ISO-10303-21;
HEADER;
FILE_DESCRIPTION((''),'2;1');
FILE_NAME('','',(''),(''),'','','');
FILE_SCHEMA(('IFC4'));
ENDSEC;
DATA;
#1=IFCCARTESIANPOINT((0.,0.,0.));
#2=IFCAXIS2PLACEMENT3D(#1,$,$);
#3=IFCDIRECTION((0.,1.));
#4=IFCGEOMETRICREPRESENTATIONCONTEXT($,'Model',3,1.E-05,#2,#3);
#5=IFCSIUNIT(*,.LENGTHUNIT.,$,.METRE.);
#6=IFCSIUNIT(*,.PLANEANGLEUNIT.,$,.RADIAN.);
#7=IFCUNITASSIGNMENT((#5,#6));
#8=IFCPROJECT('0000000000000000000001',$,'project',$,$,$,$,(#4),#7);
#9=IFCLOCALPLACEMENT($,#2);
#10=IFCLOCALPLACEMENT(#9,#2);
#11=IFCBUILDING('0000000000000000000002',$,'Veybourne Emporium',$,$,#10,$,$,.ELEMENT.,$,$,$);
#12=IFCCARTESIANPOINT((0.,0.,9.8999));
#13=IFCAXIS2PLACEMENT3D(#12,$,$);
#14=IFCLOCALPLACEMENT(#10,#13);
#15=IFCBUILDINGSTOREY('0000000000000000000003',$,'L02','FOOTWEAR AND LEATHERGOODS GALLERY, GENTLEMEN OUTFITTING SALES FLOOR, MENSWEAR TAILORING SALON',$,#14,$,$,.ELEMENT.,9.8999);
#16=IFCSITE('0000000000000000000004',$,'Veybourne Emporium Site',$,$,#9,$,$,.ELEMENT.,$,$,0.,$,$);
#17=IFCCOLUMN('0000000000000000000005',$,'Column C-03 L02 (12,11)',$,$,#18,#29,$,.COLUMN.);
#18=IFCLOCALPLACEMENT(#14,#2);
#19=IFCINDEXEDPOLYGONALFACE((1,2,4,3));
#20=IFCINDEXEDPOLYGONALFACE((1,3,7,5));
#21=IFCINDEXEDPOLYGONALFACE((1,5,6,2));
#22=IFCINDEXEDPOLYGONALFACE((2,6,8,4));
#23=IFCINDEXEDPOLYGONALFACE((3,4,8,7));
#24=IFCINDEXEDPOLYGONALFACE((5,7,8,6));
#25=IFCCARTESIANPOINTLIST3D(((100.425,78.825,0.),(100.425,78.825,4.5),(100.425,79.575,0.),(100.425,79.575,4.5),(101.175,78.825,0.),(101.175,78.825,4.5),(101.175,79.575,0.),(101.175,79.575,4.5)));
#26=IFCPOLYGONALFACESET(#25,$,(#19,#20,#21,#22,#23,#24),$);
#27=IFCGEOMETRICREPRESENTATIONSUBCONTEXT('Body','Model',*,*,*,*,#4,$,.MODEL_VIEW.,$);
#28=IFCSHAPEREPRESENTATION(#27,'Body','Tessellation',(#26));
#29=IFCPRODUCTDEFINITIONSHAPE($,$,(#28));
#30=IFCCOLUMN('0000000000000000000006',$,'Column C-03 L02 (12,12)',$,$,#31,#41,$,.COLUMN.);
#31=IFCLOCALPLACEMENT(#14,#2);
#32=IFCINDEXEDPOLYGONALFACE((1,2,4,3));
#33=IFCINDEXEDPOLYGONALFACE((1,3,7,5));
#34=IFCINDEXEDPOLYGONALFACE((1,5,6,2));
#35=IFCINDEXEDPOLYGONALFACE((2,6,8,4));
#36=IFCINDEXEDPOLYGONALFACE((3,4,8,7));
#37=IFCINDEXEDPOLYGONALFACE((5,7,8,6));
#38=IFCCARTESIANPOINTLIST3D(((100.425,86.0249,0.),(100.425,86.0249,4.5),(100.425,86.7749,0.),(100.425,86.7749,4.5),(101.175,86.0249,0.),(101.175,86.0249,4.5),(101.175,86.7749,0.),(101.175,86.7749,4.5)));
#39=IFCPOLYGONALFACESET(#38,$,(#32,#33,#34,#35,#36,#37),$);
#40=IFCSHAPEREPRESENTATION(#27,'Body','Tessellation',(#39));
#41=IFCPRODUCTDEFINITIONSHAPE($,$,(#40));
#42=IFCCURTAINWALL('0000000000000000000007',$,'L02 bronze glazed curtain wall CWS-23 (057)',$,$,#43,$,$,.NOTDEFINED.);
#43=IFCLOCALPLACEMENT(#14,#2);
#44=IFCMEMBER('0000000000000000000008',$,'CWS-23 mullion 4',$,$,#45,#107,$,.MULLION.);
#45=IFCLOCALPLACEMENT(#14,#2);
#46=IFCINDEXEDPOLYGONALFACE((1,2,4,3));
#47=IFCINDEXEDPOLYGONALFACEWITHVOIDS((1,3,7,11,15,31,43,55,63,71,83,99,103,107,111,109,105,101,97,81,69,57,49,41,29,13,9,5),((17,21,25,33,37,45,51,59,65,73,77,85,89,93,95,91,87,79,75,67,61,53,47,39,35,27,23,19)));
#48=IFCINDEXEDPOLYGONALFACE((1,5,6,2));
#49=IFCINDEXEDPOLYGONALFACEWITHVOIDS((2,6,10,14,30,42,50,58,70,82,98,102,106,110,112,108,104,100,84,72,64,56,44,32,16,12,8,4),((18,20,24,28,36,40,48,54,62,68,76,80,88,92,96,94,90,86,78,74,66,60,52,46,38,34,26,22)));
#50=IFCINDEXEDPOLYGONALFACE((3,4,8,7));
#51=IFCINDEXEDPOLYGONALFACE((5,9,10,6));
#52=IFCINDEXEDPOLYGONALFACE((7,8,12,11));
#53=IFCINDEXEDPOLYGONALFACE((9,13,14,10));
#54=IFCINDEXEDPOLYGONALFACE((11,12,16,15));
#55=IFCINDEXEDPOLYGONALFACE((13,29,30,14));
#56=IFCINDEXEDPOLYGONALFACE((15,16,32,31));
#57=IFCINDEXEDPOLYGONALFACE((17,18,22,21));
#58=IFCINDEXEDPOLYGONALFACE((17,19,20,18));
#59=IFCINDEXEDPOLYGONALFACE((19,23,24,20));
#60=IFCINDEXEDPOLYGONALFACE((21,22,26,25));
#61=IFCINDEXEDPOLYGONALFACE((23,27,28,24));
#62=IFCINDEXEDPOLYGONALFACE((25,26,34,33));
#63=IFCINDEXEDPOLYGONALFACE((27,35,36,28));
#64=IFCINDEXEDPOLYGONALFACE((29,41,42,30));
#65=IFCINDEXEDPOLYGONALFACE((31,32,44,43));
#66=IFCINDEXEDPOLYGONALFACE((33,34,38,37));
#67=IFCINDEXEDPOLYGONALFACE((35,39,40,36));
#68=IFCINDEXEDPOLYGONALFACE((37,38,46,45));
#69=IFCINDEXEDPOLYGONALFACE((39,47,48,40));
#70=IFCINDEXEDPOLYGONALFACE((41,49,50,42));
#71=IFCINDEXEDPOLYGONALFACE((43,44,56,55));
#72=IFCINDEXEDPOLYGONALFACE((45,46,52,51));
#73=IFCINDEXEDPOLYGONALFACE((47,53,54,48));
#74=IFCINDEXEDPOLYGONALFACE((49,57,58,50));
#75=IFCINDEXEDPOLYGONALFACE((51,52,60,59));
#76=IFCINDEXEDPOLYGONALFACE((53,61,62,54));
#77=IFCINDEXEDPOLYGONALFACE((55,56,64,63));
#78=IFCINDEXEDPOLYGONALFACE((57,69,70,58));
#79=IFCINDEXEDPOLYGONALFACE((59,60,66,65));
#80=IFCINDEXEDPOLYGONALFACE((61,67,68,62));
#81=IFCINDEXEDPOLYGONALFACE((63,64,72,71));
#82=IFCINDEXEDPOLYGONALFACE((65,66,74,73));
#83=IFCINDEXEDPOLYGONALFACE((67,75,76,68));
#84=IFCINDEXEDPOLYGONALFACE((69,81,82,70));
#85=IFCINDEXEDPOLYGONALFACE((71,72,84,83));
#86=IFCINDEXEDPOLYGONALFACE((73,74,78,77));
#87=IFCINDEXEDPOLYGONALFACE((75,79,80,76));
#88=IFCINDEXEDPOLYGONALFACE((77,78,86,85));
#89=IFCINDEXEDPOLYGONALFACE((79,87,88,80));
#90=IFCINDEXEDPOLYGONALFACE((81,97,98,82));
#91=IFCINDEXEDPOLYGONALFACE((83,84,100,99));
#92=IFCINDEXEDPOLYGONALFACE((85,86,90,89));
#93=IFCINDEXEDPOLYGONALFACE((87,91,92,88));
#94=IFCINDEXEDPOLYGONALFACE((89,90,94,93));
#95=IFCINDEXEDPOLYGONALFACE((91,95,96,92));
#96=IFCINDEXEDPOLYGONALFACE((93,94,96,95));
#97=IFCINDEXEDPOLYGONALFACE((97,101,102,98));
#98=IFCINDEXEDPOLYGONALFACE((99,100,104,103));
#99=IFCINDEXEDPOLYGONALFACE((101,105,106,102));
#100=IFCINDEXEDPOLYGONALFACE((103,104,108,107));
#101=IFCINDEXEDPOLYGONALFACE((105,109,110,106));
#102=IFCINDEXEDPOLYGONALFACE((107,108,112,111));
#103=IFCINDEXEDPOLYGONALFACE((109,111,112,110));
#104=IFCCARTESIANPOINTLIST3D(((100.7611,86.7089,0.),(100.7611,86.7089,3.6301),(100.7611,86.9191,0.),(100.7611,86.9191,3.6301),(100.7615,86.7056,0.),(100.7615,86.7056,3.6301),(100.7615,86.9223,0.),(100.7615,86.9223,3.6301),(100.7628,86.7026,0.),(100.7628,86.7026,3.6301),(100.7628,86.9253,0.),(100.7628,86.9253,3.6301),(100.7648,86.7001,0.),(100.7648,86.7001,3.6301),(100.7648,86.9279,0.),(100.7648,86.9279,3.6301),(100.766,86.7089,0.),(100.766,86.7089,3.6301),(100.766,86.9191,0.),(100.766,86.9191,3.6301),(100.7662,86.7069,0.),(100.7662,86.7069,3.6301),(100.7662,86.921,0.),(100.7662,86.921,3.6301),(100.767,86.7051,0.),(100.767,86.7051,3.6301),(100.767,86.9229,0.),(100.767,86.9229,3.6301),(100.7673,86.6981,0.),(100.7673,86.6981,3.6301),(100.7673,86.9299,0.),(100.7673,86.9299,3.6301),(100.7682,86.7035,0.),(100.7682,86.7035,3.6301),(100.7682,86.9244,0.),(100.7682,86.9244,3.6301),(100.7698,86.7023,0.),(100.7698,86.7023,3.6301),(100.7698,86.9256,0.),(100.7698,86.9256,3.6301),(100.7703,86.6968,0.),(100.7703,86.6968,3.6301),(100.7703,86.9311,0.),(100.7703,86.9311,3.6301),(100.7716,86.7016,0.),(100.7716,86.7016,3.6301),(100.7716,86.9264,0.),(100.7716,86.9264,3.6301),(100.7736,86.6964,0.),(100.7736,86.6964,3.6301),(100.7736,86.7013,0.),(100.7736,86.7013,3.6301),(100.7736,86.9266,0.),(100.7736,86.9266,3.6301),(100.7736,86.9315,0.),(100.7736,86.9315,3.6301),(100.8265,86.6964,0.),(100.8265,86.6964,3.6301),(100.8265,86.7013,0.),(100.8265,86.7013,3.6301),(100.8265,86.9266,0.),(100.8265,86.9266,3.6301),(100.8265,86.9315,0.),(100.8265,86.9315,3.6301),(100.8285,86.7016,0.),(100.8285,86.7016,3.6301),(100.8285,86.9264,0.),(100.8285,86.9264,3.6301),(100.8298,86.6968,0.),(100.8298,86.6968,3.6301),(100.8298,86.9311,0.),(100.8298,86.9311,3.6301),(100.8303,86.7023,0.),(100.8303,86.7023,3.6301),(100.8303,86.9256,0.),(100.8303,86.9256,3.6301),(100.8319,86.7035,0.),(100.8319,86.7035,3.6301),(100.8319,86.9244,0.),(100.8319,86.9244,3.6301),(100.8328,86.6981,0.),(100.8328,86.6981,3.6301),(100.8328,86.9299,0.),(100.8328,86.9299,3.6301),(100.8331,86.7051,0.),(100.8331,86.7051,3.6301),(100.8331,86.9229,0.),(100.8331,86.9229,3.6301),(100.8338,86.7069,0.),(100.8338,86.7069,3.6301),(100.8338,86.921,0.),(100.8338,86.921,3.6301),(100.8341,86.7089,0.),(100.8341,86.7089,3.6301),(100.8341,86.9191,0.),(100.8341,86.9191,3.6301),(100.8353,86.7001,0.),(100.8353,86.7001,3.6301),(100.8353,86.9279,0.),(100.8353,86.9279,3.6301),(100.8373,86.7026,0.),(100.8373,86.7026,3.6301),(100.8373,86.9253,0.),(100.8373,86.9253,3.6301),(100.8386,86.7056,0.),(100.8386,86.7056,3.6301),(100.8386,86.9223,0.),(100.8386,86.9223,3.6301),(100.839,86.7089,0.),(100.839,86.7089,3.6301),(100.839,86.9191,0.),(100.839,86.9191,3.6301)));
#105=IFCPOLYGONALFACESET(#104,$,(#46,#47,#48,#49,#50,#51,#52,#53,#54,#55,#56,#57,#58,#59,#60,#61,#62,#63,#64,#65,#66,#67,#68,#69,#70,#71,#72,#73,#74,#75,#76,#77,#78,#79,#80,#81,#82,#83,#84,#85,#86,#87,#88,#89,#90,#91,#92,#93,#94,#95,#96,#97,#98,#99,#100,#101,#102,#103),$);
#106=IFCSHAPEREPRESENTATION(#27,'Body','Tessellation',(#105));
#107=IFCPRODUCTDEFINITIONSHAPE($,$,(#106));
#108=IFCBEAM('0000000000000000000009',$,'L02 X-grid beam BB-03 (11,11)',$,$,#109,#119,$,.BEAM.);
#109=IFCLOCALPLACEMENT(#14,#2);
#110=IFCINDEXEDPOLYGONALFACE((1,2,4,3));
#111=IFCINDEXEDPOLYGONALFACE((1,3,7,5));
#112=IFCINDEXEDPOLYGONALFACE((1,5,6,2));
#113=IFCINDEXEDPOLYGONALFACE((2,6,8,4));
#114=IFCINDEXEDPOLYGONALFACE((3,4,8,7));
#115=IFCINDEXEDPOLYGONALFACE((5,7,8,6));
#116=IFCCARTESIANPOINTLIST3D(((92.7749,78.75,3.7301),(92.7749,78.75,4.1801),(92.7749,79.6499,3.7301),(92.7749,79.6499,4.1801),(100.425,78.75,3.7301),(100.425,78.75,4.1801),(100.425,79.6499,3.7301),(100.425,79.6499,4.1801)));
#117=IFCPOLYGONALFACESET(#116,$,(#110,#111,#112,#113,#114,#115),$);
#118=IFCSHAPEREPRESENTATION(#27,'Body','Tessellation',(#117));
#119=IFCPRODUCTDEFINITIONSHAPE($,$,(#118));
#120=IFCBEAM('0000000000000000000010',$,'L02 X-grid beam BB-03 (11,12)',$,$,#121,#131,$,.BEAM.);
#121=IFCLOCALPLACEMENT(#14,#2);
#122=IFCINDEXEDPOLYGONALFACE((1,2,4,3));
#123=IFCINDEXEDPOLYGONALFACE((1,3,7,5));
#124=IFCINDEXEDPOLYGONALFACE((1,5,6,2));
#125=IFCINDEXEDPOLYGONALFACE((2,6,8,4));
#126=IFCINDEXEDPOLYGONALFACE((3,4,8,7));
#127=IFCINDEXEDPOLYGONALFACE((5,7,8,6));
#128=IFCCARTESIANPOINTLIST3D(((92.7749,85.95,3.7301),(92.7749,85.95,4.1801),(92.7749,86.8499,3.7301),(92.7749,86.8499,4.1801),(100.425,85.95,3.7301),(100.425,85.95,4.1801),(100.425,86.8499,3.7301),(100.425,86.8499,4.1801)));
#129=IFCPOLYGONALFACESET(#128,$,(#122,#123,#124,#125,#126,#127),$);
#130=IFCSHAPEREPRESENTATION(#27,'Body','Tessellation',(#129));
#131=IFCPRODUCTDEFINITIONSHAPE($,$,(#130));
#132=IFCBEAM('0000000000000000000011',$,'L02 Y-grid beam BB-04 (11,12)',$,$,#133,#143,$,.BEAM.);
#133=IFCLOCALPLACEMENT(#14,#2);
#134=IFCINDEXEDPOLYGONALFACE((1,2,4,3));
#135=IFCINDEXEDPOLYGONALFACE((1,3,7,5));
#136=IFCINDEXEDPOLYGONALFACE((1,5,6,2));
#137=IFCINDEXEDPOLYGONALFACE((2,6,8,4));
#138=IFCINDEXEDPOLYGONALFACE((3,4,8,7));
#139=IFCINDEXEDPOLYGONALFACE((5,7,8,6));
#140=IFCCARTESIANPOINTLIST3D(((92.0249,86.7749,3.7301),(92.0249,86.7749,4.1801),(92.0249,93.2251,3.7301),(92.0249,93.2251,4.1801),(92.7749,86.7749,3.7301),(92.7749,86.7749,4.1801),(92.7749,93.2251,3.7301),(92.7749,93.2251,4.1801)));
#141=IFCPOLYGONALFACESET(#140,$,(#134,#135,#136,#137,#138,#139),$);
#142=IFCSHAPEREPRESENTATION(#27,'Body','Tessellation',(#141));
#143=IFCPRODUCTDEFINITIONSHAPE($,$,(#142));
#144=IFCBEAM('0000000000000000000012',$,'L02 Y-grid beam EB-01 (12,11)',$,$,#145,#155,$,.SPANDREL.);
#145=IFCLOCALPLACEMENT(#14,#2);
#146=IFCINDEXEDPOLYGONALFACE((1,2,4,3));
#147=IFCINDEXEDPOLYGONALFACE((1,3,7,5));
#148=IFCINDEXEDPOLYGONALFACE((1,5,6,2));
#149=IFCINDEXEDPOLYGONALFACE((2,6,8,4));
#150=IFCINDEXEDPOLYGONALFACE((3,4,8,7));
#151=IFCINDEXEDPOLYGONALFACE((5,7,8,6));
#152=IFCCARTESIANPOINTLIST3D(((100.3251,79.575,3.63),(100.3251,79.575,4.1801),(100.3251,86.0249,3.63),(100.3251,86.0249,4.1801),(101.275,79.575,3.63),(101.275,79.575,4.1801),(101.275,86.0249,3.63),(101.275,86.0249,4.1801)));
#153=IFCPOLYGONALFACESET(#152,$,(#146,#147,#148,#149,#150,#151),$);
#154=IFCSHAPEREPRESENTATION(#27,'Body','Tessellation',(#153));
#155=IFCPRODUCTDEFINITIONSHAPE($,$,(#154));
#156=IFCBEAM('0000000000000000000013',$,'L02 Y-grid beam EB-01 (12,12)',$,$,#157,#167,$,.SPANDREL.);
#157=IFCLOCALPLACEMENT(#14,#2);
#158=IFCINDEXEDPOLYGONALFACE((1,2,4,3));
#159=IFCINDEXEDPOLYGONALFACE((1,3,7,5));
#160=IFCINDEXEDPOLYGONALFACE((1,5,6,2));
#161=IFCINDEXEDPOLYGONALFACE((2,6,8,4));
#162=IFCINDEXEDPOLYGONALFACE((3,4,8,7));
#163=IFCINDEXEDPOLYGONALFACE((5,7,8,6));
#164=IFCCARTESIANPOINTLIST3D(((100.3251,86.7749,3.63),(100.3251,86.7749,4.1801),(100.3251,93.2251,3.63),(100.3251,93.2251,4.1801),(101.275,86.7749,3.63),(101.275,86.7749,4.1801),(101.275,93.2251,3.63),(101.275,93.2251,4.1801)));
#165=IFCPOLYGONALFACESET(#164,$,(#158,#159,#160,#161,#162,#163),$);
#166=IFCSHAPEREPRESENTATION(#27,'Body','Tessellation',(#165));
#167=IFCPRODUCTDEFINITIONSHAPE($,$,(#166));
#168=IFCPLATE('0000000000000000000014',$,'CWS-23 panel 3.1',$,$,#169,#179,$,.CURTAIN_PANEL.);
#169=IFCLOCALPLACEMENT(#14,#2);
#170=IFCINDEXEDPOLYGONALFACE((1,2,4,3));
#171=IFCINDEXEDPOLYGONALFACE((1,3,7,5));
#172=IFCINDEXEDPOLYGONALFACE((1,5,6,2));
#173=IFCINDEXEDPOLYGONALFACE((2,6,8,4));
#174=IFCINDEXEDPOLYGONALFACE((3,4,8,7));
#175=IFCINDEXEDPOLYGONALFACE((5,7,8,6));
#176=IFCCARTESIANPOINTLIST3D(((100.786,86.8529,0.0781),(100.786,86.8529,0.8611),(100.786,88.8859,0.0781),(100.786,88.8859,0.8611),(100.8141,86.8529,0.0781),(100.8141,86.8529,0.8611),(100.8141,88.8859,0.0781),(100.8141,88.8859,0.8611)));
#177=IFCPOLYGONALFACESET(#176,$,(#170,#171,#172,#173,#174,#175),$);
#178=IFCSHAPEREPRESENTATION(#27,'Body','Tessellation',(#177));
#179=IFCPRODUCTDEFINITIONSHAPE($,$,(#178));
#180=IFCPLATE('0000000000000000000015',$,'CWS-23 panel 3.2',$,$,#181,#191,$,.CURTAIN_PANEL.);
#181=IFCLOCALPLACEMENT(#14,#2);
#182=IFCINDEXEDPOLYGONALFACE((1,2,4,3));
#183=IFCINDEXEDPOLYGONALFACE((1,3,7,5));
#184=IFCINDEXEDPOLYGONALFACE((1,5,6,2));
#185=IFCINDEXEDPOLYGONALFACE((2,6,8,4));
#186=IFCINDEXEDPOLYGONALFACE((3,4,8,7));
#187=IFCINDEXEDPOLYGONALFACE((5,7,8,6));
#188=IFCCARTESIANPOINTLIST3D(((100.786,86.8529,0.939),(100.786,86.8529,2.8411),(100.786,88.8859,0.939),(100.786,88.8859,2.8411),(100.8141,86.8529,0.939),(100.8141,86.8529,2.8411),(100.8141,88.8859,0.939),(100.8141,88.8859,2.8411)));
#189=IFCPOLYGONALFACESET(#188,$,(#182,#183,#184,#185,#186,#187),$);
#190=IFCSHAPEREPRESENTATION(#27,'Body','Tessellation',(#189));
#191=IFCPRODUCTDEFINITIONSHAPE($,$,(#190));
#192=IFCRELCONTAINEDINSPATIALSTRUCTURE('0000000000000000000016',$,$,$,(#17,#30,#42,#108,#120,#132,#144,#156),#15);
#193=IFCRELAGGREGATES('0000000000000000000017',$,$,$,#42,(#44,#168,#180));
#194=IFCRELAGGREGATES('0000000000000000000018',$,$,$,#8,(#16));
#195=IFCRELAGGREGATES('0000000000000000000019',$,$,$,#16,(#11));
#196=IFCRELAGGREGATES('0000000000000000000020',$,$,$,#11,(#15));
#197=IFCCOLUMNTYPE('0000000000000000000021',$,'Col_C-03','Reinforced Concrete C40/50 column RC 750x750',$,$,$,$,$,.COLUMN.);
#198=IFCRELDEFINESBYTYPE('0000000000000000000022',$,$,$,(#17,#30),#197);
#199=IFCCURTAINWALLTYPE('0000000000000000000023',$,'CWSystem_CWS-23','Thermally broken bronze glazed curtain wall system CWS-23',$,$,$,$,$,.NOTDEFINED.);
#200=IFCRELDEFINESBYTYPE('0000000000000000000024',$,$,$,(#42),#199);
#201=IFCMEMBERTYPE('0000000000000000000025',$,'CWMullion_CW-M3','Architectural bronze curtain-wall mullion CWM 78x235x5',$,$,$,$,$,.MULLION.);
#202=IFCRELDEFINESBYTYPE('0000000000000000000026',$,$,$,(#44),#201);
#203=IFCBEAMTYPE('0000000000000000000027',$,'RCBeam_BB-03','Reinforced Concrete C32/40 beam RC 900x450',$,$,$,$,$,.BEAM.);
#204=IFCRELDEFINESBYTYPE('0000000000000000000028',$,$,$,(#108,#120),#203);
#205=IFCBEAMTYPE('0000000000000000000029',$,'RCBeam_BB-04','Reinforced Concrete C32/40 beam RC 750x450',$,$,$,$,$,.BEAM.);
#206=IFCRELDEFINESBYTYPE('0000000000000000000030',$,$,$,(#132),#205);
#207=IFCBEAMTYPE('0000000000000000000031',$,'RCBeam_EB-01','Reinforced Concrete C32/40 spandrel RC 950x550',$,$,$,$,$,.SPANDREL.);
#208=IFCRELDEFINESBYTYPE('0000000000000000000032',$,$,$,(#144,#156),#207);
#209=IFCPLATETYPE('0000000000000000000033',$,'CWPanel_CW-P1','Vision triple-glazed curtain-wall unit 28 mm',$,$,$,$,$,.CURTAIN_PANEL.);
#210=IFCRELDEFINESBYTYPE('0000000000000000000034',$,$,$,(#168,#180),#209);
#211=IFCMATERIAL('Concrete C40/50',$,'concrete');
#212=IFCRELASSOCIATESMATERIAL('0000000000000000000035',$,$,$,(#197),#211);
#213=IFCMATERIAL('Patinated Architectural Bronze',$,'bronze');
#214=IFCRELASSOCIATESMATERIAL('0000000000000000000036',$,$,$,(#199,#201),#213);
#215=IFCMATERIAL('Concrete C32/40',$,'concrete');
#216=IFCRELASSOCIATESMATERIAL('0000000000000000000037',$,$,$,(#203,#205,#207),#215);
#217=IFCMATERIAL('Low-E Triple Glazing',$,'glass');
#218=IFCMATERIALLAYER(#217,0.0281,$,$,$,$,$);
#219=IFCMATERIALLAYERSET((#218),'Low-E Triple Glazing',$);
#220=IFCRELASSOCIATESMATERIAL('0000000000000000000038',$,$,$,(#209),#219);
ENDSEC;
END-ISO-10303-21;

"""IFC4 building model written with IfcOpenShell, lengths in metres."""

from ifc_helpers import new_model, si_unit, direction, frame, origin, origin_2d, place, context, subcontext, project, spatial, rectangle, hollow_rectangle, extrude, material, layer, layer_set, material_profile, profile_set, type_object, element, aggregate, save


model = new_model("IFC4")

# Units and contexts
model_context = context("Model", 3, precision=1e-05, world=origin(), true_north=direction((0.0, 1.0)))
body_context = subcontext(model_context, "Body", "Model", "MODEL_VIEW")
ifc_project = project(units=[si_unit("LENGTHUNIT", "METRE"), si_unit("PLANEANGLEUNIT", "RADIAN")], contexts=[model_context])

# Site, building, storey
site_placement = place(None, origin())
site = spatial("IfcSite", under=ifc_project, at=site_placement, Name="Veybourne Emporium Site", CompositionType="ELEMENT", RefElevation=0.0)
building_placement = place(site_placement, origin())
building = spatial("IfcBuilding", under=site, at=building_placement, Name="Veybourne Emporium", CompositionType="ELEMENT")
storey_placement = place(building_placement, frame((0.0, 0.0, 9.8999)))
storey = spatial("IfcBuildingStorey", under=building, at=storey_placement, Name="L02", Description="FOOTWEAR AND LEATHERGOODS GALLERY, GENTLEMEN OUTFITTING SALES FLOOR, MENSWEAR TAILORING SALON", CompositionType="ELEMENT", Elevation=9.8999)

# Columns
ifc_material_1 = material(Name="Concrete C40/50", Category="concrete")
ifc_material_profile_1 = material_profile(ifc_material_1, rectangle(XDim=0.75, YDim=0.75, at=origin_2d()), Name="RC 750x750")
ifc_profile_set_1 = profile_set([ifc_material_profile_1], Name="Concrete C40/50")
column_type = type_object("IfcColumnType", Name="Col_C-03", Description="Reinforced Concrete C40/50 column RC 750x750", PredefinedType="COLUMN", material=ifc_profile_set_1)
for number, where, z_axis, x_axis, name in (
    (1, (100.8, 79.2, 0.0), (0.0, 0.0, 1.0), (1.0, 0.0, 0.0), "Column C-03 L02 (12,11)"),
    (2, (100.8, 86.3999, 0.0), (0.0, 0.0, 1.0), (1.0, 0.0, 0.0), "Column C-03 L02 (12,12)"),
):
    element("IfcColumn", number, at=place(storey_placement, frame(where, z_axis=z_axis, x_axis=x_axis)), inside=storey, type_object=column_type, Name=name, PredefinedType="COLUMN", context=body_context, shape_type="SweptSolid", body=[
        extrude(rectangle(XDim=0.75, YDim=0.75, at=origin_2d()), origin(), (0.0, 0.0, 1.0), 4.5),
    ])

# Curtain wall, member
ifc_material_2 = material(Name="Patinated Architectural Bronze", Category="bronze")
curtain_wall_type = type_object("IfcCurtainWallType", Name="CWSystem_CWS-23", Description="Thermally broken bronze glazed curtain wall system CWS-23", PredefinedType="NOTDEFINED", material=ifc_material_2)
curtain_wall_placement = place(storey_placement, origin())
curtain_wall = element("IfcCurtainWall", 3, at=curtain_wall_placement, inside=storey, type_object=curtain_wall_type, Name="L02 bronze glazed curtain wall CWS-23 (057)", PredefinedType="NOTDEFINED")
ifc_material_profile_2 = material_profile(ifc_material_2, hollow_rectangle(XDim=0.0779, YDim=0.2351, WallThickness=0.0049, InnerFilletRadius=0.0076, OuterFilletRadius=0.0125, at=origin_2d()), Name="CWM 78x235x5")
ifc_profile_set_2 = profile_set([ifc_material_profile_2], Name="Patinated Architectural Bronze")
member_type = type_object("IfcMemberType", Name="CWMullion_CW-M3", Description="Architectural bronze curtain-wall mullion CWM 78x235x5", PredefinedType="MULLION", material=ifc_profile_set_2)
member_placement = place(storey_placement, frame((100.8, 86.814, 0.0), z_axis=(0.0, 0.0, 1.0), x_axis=(1.0, 0.0, 0.0)))
member = element("IfcMember", 4, at=member_placement, type_object=member_type, Name="CWS-23 mullion 4", PredefinedType="MULLION", context=body_context, shape_type="SweptSolid", body=[
    extrude(hollow_rectangle(XDim=0.0779, YDim=0.2351, WallThickness=0.0049, InnerFilletRadius=0.0076, OuterFilletRadius=0.0125, at=origin_2d()), origin(), (0.0, 0.0, 1.0), 3.6301),
])

# Beams
ifc_material_3 = material(Name="Concrete C32/40", Category="concrete")
ifc_material_profile_3 = material_profile(ifc_material_3, rectangle(XDim=0.8999, YDim=0.45, at=origin_2d()), Name="RC 900x450")
ifc_profile_set_3 = profile_set([ifc_material_profile_3], Name="Concrete C32/40")
beam_type_1 = type_object("IfcBeamType", Name="RCBeam_BB-03", Description="Reinforced Concrete C32/40 beam RC 900x450", PredefinedType="BEAM", material=ifc_profile_set_3)
for number, where, z_axis, x_axis, name in (
    (5, (92.7749, 79.2, 3.9551), (1.0, 0.0, 0.0), (0.0, 1.0, 0.0), "L02 X-grid beam BB-03 (11,11)"),
    (6, (92.7749, 86.3999, 3.9551), (1.0, 0.0, 0.0), (0.0, 1.0, 0.0), "L02 X-grid beam BB-03 (11,12)"),
):
    element("IfcBeam", number, at=place(storey_placement, frame(where, z_axis=z_axis, x_axis=x_axis)), inside=storey, type_object=beam_type_1, Name=name, PredefinedType="BEAM", context=body_context, shape_type="SweptSolid", body=[
        extrude(rectangle(XDim=0.8999, YDim=0.45, at=origin_2d()), origin(), (0.0, 0.0, 1.0), 7.6501),
    ])
ifc_material_profile_4 = material_profile(ifc_material_3, rectangle(XDim=0.75, YDim=0.45, at=origin_2d()), Name="RC 750x450")
ifc_profile_set_4 = profile_set([ifc_material_profile_4], Name="Concrete C32/40")
beam_type_2 = type_object("IfcBeamType", Name="RCBeam_BB-04", Description="Reinforced Concrete C32/40 beam RC 750x450", PredefinedType="BEAM", material=ifc_profile_set_4)
beam_1_placement = place(storey_placement, frame((92.3999, 86.7749, 3.9551), z_axis=(0.0, 1.0, 0.0), x_axis=(-1.0, 0.0, 0.0)))
element("IfcBeam", 7, at=beam_1_placement, inside=storey, type_object=beam_type_2, Name="L02 Y-grid beam BB-04 (11,12)", PredefinedType="BEAM", context=body_context, shape_type="SweptSolid", body=[
    extrude(rectangle(XDim=0.75, YDim=0.45, at=origin_2d()), origin(), (0.0, 0.0, 1.0), 6.4502),
])
ifc_material_profile_5 = material_profile(ifc_material_3, rectangle(XDim=0.95, YDim=0.55, at=origin_2d()), Name="RC 950x550")
ifc_profile_set_5 = profile_set([ifc_material_profile_5], Name="Concrete C32/40")
beam_type_3 = type_object("IfcBeamType", Name="RCBeam_EB-01", Description="Reinforced Concrete C32/40 spandrel RC 950x550", PredefinedType="SPANDREL", material=ifc_profile_set_5)
beam_2_placement = place(storey_placement, frame((100.8, 79.575, 3.905), z_axis=(0.0, 1.0, 0.0), x_axis=(-1.0, 0.0, 0.0)))
element("IfcBeam", 8, at=beam_2_placement, inside=storey, type_object=beam_type_3, Name="L02 Y-grid beam EB-01 (12,11)", PredefinedType="SPANDREL", context=body_context, shape_type="SweptSolid", body=[
    extrude(rectangle(XDim=0.95, YDim=0.55, at=origin_2d()), origin(), (0.0, 0.0, 1.0), 6.45),
])
beam_3_placement = place(storey_placement, frame((100.8, 86.7749, 3.905), z_axis=(0.0, 1.0, 0.0), x_axis=(-1.0, 0.0, 0.0)))
element("IfcBeam", 9, at=beam_3_placement, inside=storey, type_object=beam_type_3, Name="L02 Y-grid beam EB-01 (12,12)", PredefinedType="SPANDREL", context=body_context, shape_type="SweptSolid", body=[
    extrude(rectangle(XDim=0.95, YDim=0.55, at=origin_2d()), origin(), (0.0, 0.0, 1.0), 6.4502),
])

# Plates
ifc_material_4 = material(Name="Low-E Triple Glazing", Category="glass")
ifc_layer_1 = layer(ifc_material_4, 0.0281)
ifc_layer_set_1 = layer_set([ifc_layer_1], Name="Low-E Triple Glazing")
plate_type = type_object("IfcPlateType", Name="CWPanel_CW-P1", Description="Vision triple-glazed curtain-wall unit 28 mm", PredefinedType="CURTAIN_PANEL", material=ifc_layer_set_1)
plate_1_placement = place(storey_placement, frame((100.8, 87.8694, 0.0781), z_axis=(0.0, 0.0, 1.0), x_axis=(0.0, -1.0, 0.0)))
plate_1 = element("IfcPlate", 10, at=plate_1_placement, type_object=plate_type, Name="CWS-23 panel 3.1", PredefinedType="CURTAIN_PANEL", context=body_context, shape_type="SweptSolid", body=[
    extrude(rectangle(XDim=2.033, YDim=0.0281, at=origin_2d()), origin(), (0.0, 0.0, 1.0), 0.783),
])
plate_2_placement = place(storey_placement, frame((100.8, 87.8694, 0.939), z_axis=(0.0, 0.0, 1.0), x_axis=(0.0, -1.0, 0.0)))
plate_2 = element("IfcPlate", 11, at=plate_2_placement, type_object=plate_type, Name="CWS-23 panel 3.2", PredefinedType="CURTAIN_PANEL", context=body_context, shape_type="SweptSolid", body=[
    extrude(rectangle(XDim=2.033, YDim=0.0281, at=origin_2d()), origin(), (0.0, 0.0, 1.0), 1.9021),
])
aggregate(curtain_wall, [member, plate_1, plate_2])

save(model, "model.ifc")
